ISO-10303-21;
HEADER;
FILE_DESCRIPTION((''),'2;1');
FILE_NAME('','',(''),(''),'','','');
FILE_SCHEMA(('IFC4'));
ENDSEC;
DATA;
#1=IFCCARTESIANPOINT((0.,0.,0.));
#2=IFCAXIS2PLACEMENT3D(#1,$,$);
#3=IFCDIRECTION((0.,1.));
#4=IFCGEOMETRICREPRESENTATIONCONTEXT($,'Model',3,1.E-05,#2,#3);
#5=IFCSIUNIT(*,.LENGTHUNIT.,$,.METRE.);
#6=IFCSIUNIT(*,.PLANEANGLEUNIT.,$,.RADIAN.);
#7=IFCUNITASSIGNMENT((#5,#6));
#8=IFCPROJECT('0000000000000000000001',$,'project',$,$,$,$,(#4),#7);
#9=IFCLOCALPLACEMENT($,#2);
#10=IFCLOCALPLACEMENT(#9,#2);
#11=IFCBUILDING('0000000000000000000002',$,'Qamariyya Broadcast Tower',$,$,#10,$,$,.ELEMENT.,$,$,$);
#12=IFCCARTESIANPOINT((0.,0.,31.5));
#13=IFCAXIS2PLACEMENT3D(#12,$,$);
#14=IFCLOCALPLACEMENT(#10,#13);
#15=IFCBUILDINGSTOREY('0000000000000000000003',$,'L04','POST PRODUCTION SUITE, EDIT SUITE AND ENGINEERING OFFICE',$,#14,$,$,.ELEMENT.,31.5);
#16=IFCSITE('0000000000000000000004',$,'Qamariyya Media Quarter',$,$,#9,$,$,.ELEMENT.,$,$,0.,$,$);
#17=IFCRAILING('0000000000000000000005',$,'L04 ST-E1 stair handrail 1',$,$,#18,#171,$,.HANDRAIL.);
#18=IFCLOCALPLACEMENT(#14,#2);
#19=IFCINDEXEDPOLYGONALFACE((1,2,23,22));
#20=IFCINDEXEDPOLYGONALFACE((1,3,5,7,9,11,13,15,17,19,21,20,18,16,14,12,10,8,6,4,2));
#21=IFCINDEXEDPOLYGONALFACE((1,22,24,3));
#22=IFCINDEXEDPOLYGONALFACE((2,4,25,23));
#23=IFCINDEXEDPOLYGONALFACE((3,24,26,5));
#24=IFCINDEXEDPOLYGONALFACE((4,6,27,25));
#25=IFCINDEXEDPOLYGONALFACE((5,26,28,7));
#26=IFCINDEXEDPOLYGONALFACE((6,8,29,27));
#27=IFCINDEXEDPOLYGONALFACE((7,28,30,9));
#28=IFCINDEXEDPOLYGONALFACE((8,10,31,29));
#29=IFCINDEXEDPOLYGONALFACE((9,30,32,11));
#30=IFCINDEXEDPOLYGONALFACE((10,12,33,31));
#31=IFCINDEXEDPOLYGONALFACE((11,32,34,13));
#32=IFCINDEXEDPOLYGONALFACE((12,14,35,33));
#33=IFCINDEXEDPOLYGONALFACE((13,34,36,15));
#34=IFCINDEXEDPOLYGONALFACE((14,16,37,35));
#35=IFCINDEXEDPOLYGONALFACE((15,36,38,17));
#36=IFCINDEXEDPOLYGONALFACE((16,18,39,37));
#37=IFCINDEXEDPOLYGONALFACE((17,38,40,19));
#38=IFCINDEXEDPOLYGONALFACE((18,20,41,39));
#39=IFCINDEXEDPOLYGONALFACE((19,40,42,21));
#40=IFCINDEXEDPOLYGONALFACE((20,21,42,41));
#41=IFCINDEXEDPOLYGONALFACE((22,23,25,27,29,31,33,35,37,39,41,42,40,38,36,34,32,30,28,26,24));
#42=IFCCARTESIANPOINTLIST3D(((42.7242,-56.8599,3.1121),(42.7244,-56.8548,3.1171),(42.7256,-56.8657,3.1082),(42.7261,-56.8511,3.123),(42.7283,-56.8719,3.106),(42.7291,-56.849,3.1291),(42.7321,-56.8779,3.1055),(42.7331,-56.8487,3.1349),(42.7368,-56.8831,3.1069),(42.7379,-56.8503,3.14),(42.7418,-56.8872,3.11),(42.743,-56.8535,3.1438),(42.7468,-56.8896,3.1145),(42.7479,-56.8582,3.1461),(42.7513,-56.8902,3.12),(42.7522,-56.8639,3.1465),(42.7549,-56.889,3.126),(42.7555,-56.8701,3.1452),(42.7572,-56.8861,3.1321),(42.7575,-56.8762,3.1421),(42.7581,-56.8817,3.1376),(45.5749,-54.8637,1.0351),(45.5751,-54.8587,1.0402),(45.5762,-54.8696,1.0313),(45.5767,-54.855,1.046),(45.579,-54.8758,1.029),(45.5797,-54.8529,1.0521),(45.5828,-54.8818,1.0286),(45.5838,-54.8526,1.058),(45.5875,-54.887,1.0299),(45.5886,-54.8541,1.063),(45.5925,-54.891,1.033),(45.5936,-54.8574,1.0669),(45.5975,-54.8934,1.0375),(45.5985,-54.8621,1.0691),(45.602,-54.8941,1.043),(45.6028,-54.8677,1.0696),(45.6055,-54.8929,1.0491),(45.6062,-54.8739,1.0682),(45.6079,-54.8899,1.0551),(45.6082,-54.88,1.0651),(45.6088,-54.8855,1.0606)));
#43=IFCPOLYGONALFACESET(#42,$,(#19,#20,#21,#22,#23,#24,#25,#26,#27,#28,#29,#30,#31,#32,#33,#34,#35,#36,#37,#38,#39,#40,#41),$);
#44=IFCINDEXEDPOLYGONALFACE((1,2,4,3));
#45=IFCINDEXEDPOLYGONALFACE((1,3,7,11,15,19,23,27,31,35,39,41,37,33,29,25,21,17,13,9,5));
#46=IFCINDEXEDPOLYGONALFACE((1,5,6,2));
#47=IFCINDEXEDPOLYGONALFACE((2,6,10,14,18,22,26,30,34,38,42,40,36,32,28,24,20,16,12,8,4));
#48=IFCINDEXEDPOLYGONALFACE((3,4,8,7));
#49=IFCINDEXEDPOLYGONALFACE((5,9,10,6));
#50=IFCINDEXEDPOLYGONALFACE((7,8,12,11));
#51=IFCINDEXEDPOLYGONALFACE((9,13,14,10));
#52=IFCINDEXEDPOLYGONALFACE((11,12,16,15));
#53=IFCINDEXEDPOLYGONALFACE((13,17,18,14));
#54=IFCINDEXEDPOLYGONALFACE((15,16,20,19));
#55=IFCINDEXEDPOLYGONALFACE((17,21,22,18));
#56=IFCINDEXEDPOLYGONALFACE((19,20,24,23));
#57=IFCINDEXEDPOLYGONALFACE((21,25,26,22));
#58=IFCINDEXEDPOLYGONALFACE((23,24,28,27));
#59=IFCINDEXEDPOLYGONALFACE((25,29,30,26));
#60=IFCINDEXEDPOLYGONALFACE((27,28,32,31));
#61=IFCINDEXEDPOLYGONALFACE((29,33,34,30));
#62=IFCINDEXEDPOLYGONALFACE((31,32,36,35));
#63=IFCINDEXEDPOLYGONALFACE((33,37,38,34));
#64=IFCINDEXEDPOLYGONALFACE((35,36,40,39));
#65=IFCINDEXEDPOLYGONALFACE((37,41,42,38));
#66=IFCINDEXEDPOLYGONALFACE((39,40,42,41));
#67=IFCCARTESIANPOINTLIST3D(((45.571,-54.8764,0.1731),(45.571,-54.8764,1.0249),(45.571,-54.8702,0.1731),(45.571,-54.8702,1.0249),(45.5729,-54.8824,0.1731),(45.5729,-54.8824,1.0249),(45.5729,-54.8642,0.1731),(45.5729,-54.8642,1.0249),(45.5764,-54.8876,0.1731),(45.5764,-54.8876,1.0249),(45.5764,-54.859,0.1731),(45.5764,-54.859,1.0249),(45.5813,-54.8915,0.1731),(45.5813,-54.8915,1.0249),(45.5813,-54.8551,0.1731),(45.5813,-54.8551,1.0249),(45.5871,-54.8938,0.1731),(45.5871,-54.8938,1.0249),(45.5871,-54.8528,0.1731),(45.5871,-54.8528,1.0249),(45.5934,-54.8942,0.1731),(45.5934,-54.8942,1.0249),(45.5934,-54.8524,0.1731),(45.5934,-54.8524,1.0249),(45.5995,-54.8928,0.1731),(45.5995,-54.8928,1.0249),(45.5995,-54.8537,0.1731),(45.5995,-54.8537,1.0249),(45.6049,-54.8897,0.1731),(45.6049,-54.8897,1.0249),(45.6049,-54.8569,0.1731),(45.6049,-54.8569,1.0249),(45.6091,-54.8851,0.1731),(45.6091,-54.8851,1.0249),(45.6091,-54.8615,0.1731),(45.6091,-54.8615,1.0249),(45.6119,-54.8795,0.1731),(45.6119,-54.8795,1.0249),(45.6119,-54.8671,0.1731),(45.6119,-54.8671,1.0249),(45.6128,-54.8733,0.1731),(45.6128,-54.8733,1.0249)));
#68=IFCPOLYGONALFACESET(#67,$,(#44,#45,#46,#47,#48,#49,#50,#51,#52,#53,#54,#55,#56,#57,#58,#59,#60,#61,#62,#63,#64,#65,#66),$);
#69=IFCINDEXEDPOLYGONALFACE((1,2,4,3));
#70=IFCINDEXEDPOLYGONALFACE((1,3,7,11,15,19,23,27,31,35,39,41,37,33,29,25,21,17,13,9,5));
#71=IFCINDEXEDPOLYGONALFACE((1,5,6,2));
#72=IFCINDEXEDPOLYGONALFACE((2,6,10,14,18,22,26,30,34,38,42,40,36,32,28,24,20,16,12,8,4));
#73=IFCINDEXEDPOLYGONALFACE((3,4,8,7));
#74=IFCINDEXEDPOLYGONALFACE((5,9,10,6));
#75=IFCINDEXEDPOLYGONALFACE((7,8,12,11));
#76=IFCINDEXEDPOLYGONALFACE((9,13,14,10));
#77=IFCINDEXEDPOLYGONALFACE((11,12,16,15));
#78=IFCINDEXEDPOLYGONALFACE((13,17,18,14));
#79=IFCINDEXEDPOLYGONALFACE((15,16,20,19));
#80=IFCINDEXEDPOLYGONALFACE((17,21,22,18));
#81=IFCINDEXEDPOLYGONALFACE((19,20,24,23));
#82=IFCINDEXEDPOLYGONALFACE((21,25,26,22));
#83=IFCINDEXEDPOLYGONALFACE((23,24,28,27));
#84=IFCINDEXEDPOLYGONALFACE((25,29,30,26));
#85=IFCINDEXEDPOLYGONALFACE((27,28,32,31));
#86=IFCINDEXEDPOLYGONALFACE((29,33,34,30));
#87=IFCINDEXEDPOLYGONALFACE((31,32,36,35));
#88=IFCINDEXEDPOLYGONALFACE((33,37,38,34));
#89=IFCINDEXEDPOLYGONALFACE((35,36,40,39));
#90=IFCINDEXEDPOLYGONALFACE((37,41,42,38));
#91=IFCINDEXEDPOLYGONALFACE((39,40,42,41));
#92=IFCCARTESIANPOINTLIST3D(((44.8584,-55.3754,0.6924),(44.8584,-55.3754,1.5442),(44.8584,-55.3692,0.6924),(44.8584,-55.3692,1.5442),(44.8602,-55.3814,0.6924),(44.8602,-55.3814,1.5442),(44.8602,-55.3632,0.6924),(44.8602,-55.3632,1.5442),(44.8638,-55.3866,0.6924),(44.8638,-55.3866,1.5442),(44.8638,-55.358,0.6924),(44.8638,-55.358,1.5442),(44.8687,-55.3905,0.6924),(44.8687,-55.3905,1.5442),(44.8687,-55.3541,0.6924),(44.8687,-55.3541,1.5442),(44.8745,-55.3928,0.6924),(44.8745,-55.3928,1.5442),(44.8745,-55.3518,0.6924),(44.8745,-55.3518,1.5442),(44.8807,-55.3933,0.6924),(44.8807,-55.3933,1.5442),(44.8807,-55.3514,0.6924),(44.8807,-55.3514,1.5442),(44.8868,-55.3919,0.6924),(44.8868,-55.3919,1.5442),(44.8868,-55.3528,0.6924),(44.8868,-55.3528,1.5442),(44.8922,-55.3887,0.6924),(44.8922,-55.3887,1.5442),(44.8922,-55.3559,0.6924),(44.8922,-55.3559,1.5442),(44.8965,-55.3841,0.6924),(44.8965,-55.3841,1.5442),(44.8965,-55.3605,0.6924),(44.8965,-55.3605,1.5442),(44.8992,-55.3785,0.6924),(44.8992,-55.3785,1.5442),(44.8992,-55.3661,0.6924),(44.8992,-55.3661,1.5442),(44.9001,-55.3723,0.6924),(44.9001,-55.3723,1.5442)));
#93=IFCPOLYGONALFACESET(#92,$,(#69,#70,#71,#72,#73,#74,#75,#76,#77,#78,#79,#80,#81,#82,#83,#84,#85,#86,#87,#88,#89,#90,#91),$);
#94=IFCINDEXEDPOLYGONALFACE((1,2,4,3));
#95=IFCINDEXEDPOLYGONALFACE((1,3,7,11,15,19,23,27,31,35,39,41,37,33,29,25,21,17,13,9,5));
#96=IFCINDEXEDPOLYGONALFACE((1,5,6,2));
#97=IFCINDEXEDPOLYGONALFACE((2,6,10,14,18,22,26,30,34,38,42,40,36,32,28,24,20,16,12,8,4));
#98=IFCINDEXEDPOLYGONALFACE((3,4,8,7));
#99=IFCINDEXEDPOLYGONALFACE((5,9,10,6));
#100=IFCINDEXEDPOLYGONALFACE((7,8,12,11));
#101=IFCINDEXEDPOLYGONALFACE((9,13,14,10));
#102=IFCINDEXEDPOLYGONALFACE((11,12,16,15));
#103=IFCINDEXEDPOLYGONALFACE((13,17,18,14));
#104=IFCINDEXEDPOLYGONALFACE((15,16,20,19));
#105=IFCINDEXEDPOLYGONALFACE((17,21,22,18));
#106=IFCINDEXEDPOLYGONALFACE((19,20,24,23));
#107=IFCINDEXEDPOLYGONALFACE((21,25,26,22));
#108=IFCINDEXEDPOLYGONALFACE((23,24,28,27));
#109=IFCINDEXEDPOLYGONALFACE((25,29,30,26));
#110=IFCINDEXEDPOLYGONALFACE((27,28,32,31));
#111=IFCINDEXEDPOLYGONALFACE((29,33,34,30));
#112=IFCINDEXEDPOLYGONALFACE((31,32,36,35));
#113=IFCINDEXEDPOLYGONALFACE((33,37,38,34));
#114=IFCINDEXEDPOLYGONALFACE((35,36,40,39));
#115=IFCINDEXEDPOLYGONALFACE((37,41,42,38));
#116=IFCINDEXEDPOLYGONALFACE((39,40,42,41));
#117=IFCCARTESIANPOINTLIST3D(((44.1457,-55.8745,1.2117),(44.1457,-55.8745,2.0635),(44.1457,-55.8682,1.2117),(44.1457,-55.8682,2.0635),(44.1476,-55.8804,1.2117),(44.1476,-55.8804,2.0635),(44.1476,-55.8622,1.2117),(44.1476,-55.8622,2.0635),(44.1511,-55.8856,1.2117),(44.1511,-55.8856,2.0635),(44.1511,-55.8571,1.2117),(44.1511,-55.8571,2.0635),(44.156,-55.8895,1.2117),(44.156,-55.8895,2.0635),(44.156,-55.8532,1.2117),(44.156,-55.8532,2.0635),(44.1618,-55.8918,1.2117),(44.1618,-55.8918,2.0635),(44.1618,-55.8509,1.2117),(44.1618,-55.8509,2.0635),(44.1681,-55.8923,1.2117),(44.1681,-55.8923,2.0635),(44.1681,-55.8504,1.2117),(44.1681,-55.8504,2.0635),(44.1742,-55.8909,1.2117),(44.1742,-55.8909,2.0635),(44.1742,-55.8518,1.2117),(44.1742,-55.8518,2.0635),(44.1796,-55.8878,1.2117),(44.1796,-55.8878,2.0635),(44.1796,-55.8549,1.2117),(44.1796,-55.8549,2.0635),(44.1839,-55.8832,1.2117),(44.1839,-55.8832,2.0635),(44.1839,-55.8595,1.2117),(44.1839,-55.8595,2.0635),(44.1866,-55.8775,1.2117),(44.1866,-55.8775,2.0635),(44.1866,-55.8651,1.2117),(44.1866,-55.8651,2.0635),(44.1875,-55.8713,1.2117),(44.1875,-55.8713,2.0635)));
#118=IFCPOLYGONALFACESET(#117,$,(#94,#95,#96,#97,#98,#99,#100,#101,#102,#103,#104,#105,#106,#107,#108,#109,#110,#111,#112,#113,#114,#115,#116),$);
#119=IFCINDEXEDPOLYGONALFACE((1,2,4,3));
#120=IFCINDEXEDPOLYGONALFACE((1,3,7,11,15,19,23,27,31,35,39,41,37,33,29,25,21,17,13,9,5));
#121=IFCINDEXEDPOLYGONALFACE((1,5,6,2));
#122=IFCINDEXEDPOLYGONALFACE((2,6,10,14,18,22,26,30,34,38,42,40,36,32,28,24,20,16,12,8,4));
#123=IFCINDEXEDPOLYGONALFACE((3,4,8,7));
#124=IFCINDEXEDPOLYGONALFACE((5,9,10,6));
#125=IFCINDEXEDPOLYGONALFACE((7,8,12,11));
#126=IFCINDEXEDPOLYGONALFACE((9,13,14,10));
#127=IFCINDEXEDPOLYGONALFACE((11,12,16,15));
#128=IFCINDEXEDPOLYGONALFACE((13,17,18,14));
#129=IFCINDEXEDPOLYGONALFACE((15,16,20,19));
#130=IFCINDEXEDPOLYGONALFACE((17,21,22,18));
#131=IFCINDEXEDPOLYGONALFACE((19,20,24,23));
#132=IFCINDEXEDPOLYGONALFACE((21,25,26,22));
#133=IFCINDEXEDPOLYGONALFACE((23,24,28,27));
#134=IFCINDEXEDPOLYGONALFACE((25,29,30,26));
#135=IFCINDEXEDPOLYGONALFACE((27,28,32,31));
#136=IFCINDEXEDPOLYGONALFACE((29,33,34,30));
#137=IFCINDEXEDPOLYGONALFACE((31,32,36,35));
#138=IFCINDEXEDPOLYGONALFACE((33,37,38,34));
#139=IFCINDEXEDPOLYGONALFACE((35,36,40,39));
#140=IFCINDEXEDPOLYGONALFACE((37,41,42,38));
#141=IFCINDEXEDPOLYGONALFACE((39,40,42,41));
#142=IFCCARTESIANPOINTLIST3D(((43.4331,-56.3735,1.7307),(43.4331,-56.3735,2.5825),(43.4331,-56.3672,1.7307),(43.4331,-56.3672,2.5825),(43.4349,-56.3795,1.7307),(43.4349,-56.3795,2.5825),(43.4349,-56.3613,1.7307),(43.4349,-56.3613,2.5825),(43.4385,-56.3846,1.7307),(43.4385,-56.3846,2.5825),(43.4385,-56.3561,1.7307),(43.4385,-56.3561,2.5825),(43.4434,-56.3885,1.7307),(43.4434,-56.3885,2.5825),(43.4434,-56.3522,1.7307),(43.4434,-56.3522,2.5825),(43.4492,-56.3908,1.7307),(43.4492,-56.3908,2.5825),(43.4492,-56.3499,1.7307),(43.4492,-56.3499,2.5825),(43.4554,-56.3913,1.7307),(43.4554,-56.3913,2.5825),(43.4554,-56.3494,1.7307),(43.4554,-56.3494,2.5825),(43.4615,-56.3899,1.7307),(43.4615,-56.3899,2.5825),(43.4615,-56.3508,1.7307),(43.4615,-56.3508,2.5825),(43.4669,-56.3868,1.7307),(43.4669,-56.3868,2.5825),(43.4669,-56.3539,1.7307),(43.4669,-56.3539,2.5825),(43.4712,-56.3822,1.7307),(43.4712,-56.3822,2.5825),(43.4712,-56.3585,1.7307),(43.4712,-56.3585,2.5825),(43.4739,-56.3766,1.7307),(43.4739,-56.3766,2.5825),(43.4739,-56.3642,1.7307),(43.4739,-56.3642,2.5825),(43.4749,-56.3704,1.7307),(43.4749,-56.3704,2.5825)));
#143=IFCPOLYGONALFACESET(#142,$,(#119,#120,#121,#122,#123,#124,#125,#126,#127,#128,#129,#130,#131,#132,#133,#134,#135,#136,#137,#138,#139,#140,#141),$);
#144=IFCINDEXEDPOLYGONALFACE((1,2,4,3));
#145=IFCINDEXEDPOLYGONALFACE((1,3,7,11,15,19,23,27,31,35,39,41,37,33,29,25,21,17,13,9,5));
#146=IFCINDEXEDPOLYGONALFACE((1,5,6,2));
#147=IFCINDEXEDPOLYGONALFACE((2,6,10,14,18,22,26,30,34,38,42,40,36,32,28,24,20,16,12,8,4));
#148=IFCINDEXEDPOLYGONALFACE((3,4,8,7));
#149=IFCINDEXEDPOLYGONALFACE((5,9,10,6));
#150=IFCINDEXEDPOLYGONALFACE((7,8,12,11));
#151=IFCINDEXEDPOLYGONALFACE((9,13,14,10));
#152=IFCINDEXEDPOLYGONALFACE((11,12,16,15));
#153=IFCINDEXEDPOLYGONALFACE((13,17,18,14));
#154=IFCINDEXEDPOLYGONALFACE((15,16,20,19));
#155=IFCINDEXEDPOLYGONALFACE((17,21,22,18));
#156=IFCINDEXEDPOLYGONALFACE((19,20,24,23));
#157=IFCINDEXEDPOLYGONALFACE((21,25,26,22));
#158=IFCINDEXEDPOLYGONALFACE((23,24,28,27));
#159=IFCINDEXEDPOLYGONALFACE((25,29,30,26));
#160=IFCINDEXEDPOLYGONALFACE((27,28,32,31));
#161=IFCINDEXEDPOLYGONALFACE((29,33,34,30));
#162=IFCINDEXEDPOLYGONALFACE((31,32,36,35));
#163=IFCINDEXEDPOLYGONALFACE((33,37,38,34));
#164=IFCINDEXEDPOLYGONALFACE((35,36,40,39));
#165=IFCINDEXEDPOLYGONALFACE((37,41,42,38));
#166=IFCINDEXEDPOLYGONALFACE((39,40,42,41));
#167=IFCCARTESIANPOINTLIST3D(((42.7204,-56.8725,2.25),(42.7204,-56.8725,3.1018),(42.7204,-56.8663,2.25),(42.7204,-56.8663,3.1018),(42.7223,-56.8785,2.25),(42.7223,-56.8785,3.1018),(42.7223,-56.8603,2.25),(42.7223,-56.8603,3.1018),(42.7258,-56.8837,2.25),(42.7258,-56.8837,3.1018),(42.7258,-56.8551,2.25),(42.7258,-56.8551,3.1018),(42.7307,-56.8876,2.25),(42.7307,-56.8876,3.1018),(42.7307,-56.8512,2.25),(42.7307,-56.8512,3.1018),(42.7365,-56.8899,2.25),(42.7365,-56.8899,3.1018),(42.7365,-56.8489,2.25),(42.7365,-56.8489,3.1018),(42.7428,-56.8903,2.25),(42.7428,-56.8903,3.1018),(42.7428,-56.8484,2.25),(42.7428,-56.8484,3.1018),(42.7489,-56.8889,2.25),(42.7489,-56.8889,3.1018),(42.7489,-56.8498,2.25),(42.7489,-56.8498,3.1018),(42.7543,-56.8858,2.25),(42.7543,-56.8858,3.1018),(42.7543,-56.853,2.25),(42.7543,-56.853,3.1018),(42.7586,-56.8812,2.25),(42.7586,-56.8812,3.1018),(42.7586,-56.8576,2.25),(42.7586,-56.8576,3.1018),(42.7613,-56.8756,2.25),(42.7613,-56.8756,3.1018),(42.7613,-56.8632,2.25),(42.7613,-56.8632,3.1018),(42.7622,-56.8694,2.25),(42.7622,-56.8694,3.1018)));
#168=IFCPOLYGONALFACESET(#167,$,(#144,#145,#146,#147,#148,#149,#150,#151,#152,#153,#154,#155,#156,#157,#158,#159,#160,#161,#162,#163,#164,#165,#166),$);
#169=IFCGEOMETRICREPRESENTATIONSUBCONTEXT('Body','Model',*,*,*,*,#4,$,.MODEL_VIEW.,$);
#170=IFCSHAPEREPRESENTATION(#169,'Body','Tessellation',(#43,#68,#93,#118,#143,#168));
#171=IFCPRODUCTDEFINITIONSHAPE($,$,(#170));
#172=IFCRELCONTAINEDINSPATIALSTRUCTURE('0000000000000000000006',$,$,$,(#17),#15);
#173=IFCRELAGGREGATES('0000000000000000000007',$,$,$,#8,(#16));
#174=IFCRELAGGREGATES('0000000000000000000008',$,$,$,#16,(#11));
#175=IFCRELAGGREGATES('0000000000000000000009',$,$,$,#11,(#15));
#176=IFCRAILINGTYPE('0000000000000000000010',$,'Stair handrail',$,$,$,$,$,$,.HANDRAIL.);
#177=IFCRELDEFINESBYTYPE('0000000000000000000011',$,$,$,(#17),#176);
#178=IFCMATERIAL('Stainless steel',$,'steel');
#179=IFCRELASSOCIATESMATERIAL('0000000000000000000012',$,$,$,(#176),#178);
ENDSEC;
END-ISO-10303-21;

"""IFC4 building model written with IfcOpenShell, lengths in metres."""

from ifc_helpers import new_model, si_unit, direction, frame, origin, origin_2d, place, context, subcontext, project, spatial, circle, extrude, material, type_object, element, save


model = new_model("IFC4")

# Units and contexts
model_context = context("Model", 3, precision=1e-05, world=origin(), true_north=direction((0.0, 1.0)))
body_context = subcontext(model_context, "Body", "Model", "MODEL_VIEW")
ifc_project = project(units=[si_unit("LENGTHUNIT", "METRE"), si_unit("PLANEANGLEUNIT", "RADIAN")], contexts=[model_context])

# Site, building, storey
site_placement = place(None, origin())
site = spatial("IfcSite", under=ifc_project, at=site_placement, Name="Qamariyya Media Quarter", CompositionType="ELEMENT", RefElevation=0.0)
building_placement = place(site_placement, origin())
building = spatial("IfcBuilding", under=site, at=building_placement, Name="Qamariyya Broadcast Tower", CompositionType="ELEMENT")
storey_placement = place(building_placement, frame((0.0, 0.0, 31.5)))
storey = spatial("IfcBuildingStorey", under=building, at=storey_placement, Name="L04", Description="POST PRODUCTION SUITE, EDIT SUITE AND ENGINEERING OFFICE", CompositionType="ELEMENT", Elevation=31.5)

# Railing
ifc_material_1 = material(Name="Stainless steel", Category="steel")
railing_type_1 = type_object("IfcRailingType", Name="Stair handrail", PredefinedType="HANDRAIL", material=ifc_material_1)
railing_1_placement = place(storey_placement, frame((45.5918, -54.8733, 0.1731)))
element("IfcRailing", 1, at=railing_1_placement, inside=storey, type_object=railing_type_1, Name="L04 ST-E1 stair handrail 1", PredefinedType="HANDRAIL", context=body_context, shape_type="SweptSolid", body=[
    extrude(circle(Radius=0.0239, at=origin_2d()), frame((0.0, 0.0, 0.876), z_axis=(-0.703393, -0.492544, 0.512484), x_axis=(0.573594, -0.81914, 0.0)), (0.0, 0.0, 1.0), 4.0527),
    extrude(circle(Radius=0.021, at=origin_2d()), origin(), (0.0, 0.0, 1.0), 0.8518),
    extrude(circle(Radius=0.021, at=origin_2d()), frame((-0.7126, -0.499, 0.5193)), (0.0, 0.0, 1.0), 0.8518),
    extrude(circle(Radius=0.021, at=origin_2d()), frame((-1.4253, -0.998, 1.0386)), (0.0, 0.0, 1.0), 0.8518),
    extrude(circle(Radius=0.021, at=origin_2d()), frame((-2.1379, -1.4971, 1.5576)), (0.0, 0.0, 1.0), 0.8518),
    extrude(circle(Radius=0.021, at=origin_2d()), frame((-2.8506, -1.9961, 2.0769)), (0.0, 0.0, 1.0), 0.8518),
])

save(model, "model.ifc")
